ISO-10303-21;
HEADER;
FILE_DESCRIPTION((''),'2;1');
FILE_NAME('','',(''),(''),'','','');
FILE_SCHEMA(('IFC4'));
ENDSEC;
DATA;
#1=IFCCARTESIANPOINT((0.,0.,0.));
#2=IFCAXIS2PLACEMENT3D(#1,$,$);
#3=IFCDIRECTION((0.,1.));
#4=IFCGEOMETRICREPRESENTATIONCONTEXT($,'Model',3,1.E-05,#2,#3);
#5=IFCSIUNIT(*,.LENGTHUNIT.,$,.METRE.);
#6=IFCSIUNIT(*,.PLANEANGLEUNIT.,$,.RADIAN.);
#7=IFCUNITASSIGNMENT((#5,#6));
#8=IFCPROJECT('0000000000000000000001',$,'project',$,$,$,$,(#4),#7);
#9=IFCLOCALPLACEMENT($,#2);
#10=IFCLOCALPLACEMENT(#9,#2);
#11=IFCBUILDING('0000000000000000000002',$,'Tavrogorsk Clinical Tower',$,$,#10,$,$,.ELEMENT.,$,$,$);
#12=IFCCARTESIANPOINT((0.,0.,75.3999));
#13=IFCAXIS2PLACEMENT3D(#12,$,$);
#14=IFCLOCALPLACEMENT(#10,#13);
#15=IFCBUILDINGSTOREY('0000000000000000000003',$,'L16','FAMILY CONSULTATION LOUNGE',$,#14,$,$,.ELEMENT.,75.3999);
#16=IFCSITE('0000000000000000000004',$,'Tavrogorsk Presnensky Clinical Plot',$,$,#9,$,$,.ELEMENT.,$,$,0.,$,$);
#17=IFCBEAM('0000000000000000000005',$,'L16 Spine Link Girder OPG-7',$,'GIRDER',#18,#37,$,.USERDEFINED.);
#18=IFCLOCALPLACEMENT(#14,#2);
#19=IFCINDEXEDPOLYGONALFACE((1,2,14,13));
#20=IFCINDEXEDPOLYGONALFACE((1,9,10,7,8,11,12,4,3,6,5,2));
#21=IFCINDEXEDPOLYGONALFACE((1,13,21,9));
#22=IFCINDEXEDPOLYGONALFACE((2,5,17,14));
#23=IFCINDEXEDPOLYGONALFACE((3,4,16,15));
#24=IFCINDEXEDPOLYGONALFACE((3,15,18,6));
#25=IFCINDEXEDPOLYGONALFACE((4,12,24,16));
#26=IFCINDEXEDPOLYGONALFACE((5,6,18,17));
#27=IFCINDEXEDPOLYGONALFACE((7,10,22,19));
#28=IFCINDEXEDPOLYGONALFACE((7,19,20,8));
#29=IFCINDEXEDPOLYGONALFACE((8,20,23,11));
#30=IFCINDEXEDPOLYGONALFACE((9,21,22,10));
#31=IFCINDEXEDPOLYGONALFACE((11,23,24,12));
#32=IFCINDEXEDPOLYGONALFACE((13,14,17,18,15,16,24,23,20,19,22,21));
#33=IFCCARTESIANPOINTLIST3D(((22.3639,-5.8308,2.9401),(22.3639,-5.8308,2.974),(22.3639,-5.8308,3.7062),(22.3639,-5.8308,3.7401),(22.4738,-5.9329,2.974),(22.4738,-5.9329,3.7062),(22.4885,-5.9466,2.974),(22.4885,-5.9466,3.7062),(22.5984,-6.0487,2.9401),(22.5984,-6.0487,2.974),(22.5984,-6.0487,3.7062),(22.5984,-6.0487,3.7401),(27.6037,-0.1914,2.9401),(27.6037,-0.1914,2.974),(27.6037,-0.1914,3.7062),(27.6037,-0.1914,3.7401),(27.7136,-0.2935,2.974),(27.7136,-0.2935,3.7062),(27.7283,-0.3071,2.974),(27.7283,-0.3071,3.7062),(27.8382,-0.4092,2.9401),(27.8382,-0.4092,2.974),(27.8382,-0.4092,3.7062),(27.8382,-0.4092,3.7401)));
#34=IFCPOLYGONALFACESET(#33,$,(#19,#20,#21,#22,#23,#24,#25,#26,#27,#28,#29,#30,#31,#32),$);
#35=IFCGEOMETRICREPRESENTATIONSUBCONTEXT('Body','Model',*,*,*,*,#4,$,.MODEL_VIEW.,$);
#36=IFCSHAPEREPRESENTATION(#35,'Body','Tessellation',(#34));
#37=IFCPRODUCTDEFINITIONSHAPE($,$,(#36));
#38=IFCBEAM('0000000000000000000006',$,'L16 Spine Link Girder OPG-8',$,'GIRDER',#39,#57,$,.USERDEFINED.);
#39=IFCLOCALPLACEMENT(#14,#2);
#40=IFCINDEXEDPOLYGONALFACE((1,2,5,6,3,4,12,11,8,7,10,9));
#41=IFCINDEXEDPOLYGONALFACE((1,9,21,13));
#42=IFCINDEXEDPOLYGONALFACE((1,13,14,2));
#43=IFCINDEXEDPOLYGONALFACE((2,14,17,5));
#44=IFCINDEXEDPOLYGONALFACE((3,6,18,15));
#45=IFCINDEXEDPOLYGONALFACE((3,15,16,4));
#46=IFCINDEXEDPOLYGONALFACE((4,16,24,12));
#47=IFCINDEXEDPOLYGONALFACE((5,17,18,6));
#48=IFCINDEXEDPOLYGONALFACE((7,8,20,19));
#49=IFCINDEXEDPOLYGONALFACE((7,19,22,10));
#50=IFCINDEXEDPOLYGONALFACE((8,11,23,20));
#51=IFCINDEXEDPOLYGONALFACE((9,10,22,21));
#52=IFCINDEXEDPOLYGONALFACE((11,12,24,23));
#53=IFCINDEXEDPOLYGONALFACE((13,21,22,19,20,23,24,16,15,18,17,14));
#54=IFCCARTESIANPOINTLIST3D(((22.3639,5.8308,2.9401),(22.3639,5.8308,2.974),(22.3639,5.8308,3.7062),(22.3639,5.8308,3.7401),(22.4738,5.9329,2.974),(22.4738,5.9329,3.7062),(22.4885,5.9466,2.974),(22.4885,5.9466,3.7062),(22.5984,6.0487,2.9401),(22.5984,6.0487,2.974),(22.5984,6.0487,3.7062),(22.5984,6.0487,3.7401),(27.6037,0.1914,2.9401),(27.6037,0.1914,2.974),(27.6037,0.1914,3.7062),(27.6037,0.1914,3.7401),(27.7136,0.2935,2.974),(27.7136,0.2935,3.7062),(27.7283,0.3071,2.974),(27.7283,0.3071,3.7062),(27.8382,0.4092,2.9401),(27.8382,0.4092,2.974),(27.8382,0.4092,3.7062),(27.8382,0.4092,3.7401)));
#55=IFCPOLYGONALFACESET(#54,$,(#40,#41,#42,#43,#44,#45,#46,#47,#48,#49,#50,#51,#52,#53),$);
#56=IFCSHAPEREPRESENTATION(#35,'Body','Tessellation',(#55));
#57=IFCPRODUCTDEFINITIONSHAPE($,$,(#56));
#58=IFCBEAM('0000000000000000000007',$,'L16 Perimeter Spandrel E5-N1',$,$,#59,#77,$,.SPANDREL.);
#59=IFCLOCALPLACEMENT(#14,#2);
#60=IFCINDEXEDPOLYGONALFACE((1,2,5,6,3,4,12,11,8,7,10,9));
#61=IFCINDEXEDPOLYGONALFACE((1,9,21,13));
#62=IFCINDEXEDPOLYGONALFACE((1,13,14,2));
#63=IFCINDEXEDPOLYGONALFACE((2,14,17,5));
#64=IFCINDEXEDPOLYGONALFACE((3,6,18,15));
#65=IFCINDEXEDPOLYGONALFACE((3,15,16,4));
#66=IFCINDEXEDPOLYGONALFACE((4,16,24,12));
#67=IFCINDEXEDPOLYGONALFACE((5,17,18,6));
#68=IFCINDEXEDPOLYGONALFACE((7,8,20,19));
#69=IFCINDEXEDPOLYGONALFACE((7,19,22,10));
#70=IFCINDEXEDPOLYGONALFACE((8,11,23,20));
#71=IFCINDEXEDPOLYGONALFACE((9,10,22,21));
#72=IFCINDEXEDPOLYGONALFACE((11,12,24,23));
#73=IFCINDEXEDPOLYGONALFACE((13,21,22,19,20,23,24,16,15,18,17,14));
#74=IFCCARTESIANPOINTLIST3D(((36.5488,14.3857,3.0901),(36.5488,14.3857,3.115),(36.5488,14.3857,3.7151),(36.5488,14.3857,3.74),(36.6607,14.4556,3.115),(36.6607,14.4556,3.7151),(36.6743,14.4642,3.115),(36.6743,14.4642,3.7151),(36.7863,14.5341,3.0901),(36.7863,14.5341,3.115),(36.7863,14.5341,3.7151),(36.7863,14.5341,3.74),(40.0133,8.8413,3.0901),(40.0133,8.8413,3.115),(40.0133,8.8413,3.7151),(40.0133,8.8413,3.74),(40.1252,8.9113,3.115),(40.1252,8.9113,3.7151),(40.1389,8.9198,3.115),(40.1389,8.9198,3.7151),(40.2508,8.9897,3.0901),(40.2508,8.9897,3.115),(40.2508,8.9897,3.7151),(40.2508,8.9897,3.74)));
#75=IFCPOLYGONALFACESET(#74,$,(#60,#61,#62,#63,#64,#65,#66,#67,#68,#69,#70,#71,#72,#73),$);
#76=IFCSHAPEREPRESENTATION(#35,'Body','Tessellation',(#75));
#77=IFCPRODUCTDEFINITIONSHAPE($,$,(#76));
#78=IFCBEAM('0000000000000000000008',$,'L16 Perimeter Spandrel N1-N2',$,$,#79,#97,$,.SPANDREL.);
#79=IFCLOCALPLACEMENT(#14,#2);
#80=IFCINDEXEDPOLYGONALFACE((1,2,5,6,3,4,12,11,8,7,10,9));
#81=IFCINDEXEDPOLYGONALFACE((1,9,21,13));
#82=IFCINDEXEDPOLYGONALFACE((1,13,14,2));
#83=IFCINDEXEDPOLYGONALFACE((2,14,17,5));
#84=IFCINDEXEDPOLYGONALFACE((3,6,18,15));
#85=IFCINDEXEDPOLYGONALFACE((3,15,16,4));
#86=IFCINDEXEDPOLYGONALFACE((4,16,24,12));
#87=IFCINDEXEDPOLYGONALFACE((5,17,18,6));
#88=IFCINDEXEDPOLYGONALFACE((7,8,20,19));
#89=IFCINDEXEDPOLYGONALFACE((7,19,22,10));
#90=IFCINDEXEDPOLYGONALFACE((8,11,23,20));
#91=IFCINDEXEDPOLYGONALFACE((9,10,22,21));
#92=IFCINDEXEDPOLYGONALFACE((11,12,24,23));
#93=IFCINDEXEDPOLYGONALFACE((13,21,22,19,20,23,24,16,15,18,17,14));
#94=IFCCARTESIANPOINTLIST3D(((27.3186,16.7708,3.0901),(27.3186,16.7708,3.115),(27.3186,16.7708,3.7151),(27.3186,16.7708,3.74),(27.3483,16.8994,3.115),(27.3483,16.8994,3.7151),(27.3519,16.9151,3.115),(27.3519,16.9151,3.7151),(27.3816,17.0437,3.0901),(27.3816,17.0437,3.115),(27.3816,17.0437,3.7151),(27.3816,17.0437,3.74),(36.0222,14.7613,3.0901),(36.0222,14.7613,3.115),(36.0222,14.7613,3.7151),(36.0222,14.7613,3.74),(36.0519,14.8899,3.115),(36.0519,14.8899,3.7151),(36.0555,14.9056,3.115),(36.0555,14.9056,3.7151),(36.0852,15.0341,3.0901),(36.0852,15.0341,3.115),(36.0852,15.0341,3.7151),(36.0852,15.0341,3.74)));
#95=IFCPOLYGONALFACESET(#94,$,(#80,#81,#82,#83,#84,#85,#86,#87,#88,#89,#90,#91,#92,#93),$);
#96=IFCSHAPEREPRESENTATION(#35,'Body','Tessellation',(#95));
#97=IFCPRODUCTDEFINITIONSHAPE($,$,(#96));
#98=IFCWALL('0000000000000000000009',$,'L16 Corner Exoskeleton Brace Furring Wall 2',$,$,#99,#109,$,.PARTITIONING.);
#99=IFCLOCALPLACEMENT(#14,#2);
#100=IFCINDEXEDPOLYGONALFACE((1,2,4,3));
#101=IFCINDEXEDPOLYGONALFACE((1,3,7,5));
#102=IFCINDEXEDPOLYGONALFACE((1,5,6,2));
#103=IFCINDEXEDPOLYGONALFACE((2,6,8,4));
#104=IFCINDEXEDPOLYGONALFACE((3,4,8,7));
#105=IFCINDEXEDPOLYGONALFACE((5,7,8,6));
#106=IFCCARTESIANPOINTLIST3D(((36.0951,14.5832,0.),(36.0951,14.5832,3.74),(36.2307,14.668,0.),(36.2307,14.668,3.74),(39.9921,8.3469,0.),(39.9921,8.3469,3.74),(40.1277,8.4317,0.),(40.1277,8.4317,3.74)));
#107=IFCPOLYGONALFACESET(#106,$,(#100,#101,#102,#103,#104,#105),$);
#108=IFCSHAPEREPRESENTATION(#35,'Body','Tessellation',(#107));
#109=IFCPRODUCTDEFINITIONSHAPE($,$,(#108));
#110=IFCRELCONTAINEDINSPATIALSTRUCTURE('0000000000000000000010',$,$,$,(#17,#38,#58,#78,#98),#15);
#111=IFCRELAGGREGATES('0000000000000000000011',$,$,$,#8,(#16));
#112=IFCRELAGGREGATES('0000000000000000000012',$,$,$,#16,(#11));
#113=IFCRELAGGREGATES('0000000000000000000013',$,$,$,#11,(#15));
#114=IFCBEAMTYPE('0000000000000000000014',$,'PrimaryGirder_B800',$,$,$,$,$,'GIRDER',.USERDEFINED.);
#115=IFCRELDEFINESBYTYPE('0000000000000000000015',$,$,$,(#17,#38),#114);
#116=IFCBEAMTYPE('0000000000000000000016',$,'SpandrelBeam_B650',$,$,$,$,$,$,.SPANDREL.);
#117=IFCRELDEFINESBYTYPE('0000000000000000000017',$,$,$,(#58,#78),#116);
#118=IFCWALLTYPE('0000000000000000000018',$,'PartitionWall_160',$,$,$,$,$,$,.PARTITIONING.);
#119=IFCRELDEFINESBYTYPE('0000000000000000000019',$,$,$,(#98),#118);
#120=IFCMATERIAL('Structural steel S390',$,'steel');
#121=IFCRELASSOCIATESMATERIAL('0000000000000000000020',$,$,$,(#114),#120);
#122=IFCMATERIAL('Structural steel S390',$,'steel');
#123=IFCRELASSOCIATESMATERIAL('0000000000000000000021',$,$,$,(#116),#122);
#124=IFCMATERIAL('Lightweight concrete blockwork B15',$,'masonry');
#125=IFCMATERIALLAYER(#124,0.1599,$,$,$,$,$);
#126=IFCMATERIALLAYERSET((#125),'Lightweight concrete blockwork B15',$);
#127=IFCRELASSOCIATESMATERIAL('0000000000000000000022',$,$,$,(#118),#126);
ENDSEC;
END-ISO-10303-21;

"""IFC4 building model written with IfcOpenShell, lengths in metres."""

from ifc_helpers import new_model, si_unit, direction, frame, frame_2d, origin, origin_2d, place, context, subcontext, project, spatial, rectangle, i_section, extrude, material, layer, layer_set, material_profile, profile_set, type_object, element, save


model = new_model("IFC4")

# Units and contexts
model_context = context("Model", 3, precision=1e-05, world=origin(), true_north=direction((0.0, 1.0)))
body_context = subcontext(model_context, "Body", "Model", "MODEL_VIEW")
ifc_project = project(units=[si_unit("LENGTHUNIT", "METRE"), si_unit("PLANEANGLEUNIT", "RADIAN")], contexts=[model_context])

# Site, building, storey
site_placement = place(None, origin())
site = spatial("IfcSite", under=ifc_project, at=site_placement, Name="Tavrogorsk Presnensky Clinical Plot", CompositionType="ELEMENT", RefElevation=0.0)
building_placement = place(site_placement, origin())
building = spatial("IfcBuilding", under=site, at=building_placement, Name="Tavrogorsk Clinical Tower", CompositionType="ELEMENT")
storey_placement = place(building_placement, frame((0.0, 0.0, 75.3999)))
storey = spatial("IfcBuildingStorey", under=building, at=storey_placement, Name="L16", Description="FAMILY CONSULTATION LOUNGE", CompositionType="ELEMENT", Elevation=75.3999)

# Beams
ifc_material_1 = material(Name="Structural steel S390", Category="steel")
ifc_material_profile_1 = material_profile(ifc_material_1, i_section(OverallWidth=0.3201, OverallDepth=0.8, WebThickness=0.02, FlangeThickness=0.0339, at=origin_2d()), Name="B-800x320x20x34")
ifc_profile_set_1 = profile_set([ifc_material_profile_1], Name="Structural steel S390")
beam_type_1 = type_object("IfcBeamType", Name="PrimaryGirder_B800", ElementType="GIRDER", PredefinedType="USERDEFINED", material=ifc_profile_set_1)
for number, where, z_axis, x_axis, name in (
    (1, (27.7209, -0.3003, 3.3401), (-0.680671, -0.732589, 0.0), (0.732589, -0.680671, 0.0), "L16 Spine Link Girder OPG-7"),
    (2, (27.7209, 0.3003, 3.3401), (-0.680671, 0.732589, 0.0), (-0.732589, -0.680671, 0.0), "L16 Spine Link Girder OPG-8"),
):
    element("IfcBeam", number, at=place(storey_placement, frame(where, z_axis=z_axis, x_axis=x_axis)), inside=storey, type_object=beam_type_1, Name=name, ObjectType="GIRDER", PredefinedType="USERDEFINED", context=body_context, shape_type="SweptSolid", body=[
        extrude(i_section(OverallWidth=0.3201, OverallDepth=0.8, WebThickness=0.02, FlangeThickness=0.0339, at=origin_2d()), origin(), (0.0, 0.0, 1.0), 7.698),
    ])
ifc_material_2 = material(Name="Structural steel S390", Category="steel")
ifc_material_profile_2 = material_profile(ifc_material_2, i_section(OverallWidth=0.28, OverallDepth=0.6499, WebThickness=0.0161, FlangeThickness=0.0249, at=origin_2d()), Name="B-650x280x16x25")
ifc_profile_set_2 = profile_set([ifc_material_profile_2], Name="Structural steel S390")
beam_type_2 = type_object("IfcBeamType", Name="SpandrelBeam_B650", PredefinedType="SPANDREL", material=ifc_profile_set_2)
beam_1_placement = place(storey_placement, frame((40.1321, 8.9155, 3.415), z_axis=(-0.529925, 0.848044, 0.0), x_axis=(-0.848044, -0.529925, 0.0)))
element("IfcBeam", 3, at=beam_1_placement, inside=storey, type_object=beam_type_2, Name="L16 Perimeter Spandrel E5-N1", PredefinedType="SPANDREL", context=body_context, shape_type="SweptSolid", body=[
    extrude(i_section(OverallWidth=0.28, OverallDepth=0.6499, WebThickness=0.0161, FlangeThickness=0.0249, at=origin_2d()), origin(), (0.0, 0.0, 1.0), 6.5378),
])
beam_2_placement = place(storey_placement, frame((36.0537, 14.8977, 3.415), z_axis=(-0.974367, 0.224965, 0.0), x_axis=(-0.224965, -0.974367, 0.0)))
element("IfcBeam", 4, at=beam_2_placement, inside=storey, type_object=beam_type_2, Name="L16 Perimeter Spandrel N1-N2", PredefinedType="SPANDREL", context=body_context, shape_type="SweptSolid", body=[
    extrude(i_section(OverallWidth=0.28, OverallDepth=0.6499, WebThickness=0.0161, FlangeThickness=0.0249, at=origin_2d()), origin(), (0.0, 0.0, 1.0), 8.9326),
])

# Wall
ifc_material_3 = material(Name="Lightweight concrete blockwork B15", Category="masonry")
ifc_layer_1 = layer(ifc_material_3, 0.1599)
ifc_layer_set_1 = layer_set([ifc_layer_1], Name="Lightweight concrete blockwork B15")
wall_type_1 = type_object("IfcWallType", Name="PartitionWall_160", PredefinedType="PARTITIONING", material=ifc_layer_set_1)
wall_1_placement = place(storey_placement, frame((40.0598, 8.3894, 0.0), z_axis=(0.0, 0.0, 1.0), x_axis=(-0.529927, 0.848043, 0.0)))
element("IfcWall", 5, at=wall_1_placement, inside=storey, type_object=wall_type_1, Name="L16 Corner Exoskeleton Brace Furring Wall 2", PredefinedType="PARTITIONING", context=body_context, shape_type="SweptSolid", body=[
    extrude(rectangle(XDim=7.3538, YDim=0.1599, at=frame_2d((3.6768, 0.0))), origin(), (0.0, 0.0, 1.0), 3.74),
])

save(model, "model.ifc")
